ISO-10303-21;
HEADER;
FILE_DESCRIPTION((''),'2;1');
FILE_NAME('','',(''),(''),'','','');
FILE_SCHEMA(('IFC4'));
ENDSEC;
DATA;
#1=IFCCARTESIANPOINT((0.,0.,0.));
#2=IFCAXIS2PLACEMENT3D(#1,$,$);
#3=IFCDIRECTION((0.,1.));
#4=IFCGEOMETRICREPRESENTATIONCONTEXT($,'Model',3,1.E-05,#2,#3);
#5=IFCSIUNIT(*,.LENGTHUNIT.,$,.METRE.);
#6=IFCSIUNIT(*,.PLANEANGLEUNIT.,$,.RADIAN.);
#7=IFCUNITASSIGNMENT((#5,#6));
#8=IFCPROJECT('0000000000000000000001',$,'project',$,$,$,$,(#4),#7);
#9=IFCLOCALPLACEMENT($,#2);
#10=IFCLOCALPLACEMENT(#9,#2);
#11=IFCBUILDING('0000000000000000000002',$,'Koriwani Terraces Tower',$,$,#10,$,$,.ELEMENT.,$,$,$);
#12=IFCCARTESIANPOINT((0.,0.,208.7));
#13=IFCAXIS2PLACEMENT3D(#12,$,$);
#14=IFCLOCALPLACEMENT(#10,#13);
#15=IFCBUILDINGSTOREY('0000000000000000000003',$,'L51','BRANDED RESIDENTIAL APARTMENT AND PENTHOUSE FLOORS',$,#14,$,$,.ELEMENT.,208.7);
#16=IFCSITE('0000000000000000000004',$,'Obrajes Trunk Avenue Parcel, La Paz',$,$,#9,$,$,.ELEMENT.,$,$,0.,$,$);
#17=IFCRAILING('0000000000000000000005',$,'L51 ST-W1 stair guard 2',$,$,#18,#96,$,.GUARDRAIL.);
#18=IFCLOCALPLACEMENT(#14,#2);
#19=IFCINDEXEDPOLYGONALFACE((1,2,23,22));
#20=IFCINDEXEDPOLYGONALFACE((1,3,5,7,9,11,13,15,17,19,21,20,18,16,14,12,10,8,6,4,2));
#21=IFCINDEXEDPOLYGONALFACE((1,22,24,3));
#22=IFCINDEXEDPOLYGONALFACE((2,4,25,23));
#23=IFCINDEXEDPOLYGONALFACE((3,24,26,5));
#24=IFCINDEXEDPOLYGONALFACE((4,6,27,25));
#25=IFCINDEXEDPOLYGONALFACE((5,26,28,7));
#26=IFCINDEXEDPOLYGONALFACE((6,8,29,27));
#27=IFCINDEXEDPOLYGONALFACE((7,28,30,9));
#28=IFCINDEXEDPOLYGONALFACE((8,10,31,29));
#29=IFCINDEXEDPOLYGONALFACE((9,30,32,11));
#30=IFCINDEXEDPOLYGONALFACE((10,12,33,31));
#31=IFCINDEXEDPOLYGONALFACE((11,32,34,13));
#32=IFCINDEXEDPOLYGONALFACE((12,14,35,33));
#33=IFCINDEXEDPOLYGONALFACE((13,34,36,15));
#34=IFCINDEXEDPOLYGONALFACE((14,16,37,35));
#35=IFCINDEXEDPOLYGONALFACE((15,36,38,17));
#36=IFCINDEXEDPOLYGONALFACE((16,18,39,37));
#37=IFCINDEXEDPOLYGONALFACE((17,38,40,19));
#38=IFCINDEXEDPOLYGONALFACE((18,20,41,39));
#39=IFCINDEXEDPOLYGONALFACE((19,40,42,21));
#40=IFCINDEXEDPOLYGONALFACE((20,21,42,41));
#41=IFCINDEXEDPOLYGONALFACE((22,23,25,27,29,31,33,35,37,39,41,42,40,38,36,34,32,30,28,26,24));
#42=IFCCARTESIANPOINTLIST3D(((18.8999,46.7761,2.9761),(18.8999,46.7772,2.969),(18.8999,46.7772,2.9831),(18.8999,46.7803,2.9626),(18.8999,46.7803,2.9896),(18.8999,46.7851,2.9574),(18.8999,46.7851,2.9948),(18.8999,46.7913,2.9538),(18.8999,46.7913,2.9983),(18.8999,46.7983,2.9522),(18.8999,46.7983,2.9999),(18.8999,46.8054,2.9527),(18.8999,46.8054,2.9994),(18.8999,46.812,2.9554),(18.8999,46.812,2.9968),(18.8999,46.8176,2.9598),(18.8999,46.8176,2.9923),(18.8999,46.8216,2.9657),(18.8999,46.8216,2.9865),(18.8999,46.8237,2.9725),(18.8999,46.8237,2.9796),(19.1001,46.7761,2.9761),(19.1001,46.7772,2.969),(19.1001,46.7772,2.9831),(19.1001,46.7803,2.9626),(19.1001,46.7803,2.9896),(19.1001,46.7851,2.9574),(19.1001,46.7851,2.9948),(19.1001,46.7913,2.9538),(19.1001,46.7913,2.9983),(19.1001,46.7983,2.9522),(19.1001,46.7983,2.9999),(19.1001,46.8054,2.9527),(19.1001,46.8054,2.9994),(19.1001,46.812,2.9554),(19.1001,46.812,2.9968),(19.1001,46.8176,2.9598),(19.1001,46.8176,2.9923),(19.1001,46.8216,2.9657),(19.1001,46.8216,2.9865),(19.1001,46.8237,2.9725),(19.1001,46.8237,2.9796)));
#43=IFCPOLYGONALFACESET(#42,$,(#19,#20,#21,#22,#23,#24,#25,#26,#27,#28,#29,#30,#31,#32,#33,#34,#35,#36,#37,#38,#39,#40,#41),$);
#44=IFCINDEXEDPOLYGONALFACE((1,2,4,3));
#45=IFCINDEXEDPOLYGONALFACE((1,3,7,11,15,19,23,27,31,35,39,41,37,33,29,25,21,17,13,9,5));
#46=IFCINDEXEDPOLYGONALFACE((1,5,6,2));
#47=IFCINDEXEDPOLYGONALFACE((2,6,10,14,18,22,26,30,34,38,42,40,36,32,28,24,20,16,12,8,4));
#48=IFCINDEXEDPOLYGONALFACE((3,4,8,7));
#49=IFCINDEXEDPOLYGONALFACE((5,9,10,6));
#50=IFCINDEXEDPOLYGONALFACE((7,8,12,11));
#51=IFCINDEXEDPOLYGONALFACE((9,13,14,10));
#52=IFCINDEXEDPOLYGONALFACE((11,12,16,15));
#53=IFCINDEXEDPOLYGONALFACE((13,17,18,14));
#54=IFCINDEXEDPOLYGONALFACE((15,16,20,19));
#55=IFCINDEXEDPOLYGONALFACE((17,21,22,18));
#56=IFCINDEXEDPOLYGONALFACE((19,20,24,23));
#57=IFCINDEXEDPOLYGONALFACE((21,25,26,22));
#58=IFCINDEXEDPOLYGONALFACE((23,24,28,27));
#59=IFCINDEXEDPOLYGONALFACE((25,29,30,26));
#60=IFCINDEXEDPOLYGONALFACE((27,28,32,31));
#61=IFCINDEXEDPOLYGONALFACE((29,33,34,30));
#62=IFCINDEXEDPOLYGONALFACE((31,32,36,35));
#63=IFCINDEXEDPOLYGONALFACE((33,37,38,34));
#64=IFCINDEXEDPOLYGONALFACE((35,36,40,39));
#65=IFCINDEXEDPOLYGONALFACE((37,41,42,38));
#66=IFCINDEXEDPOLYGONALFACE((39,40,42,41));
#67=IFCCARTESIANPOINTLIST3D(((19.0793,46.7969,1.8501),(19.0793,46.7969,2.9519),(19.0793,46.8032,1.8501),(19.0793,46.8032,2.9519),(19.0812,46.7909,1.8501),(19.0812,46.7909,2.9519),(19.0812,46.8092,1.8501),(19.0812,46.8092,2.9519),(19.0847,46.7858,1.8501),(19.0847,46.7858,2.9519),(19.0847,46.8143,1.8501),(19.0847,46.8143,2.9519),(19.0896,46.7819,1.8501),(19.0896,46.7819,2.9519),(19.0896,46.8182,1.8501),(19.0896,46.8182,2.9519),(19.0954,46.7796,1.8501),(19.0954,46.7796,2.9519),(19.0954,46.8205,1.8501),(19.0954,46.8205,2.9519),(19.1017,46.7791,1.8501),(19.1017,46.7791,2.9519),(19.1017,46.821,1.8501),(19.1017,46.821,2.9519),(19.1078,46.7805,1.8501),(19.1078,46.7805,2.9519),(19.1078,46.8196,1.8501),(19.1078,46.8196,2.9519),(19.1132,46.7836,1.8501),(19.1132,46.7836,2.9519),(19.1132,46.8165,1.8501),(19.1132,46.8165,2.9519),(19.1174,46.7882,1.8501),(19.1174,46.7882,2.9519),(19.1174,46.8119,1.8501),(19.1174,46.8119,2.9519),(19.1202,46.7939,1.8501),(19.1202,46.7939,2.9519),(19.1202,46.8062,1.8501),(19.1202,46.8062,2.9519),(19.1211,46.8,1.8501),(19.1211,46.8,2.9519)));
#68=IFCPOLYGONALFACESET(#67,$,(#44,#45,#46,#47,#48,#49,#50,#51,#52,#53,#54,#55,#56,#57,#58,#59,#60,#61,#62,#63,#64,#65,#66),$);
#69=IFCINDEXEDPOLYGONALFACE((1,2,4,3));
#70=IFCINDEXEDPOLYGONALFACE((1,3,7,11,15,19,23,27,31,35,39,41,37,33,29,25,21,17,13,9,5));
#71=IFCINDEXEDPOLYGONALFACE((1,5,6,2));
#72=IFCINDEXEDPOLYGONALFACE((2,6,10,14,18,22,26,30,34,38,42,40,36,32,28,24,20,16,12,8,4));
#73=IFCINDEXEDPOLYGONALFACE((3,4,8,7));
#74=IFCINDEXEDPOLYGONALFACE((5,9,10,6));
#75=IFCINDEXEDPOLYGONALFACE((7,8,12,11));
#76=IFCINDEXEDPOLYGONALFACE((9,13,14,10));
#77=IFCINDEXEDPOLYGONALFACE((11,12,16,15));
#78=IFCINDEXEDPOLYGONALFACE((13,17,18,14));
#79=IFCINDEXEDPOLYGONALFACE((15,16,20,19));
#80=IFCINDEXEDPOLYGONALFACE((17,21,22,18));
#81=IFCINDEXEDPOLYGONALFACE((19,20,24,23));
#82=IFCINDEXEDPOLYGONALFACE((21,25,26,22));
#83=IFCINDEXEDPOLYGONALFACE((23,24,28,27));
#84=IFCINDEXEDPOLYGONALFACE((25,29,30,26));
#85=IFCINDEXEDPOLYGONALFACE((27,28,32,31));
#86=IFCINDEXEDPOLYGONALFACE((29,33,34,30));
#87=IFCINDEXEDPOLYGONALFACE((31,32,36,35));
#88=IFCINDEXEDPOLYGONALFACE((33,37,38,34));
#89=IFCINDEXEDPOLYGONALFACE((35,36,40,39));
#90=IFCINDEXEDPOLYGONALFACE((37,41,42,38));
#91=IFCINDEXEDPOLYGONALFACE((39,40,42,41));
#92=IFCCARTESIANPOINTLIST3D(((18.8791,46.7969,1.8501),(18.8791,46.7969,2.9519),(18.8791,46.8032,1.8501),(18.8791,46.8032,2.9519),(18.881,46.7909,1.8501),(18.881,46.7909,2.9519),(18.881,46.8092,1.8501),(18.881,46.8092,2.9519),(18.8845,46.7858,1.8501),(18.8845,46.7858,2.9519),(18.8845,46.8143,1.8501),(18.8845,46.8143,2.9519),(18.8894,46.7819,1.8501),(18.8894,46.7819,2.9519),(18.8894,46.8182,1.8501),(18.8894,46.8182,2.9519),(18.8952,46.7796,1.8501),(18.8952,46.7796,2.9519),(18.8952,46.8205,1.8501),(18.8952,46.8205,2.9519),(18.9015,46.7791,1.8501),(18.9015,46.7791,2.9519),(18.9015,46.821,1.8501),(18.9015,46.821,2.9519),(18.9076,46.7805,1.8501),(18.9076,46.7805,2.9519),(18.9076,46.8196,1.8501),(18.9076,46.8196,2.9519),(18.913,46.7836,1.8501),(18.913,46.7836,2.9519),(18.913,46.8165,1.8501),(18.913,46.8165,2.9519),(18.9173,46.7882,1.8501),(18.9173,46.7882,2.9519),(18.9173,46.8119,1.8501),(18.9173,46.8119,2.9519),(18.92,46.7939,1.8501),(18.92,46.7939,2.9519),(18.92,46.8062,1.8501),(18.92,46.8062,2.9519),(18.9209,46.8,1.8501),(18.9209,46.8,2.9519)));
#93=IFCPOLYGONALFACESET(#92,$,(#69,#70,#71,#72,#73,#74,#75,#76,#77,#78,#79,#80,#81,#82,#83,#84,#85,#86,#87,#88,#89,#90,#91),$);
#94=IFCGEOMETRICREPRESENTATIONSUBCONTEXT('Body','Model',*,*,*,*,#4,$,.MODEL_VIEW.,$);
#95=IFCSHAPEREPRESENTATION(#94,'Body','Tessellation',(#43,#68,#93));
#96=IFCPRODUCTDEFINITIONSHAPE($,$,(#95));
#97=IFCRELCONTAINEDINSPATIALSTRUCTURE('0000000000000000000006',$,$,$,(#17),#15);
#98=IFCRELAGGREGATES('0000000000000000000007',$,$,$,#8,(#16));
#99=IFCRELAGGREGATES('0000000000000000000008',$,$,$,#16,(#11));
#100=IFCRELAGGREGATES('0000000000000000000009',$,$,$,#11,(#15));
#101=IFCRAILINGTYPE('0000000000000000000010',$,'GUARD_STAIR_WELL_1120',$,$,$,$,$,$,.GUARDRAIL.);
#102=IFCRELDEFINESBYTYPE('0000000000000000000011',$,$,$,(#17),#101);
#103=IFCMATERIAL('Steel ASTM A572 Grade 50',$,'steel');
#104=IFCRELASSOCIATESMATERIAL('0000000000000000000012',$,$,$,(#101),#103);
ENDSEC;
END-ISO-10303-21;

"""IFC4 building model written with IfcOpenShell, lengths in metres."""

from ifc_helpers import new_model, si_unit, direction, frame, origin, origin_2d, place, context, subcontext, project, spatial, circle, extrude, material, type_object, element, save


model = new_model("IFC4")

# Units and contexts
model_context = context("Model", 3, precision=1e-05, world=origin(), true_north=direction((0.0, 1.0)))
body_context = subcontext(model_context, "Body", "Model", "MODEL_VIEW")
ifc_project = project(units=[si_unit("LENGTHUNIT", "METRE"), si_unit("PLANEANGLEUNIT", "RADIAN")], contexts=[model_context])

# Site, building, storey
site_placement = place(None, origin())
site = spatial("IfcSite", under=ifc_project, at=site_placement, Name="Obrajes Trunk Avenue Parcel, La Paz", CompositionType="ELEMENT", RefElevation=0.0)
building_placement = place(site_placement, origin())
building = spatial("IfcBuilding", under=site, at=building_placement, Name="Koriwani Terraces Tower", CompositionType="ELEMENT")
storey_placement = place(building_placement, frame((0.0, 0.0, 208.7)))
storey = spatial("IfcBuildingStorey", under=building, at=storey_placement, Name="L51", Description="BRANDED RESIDENTIAL APARTMENT AND PENTHOUSE FLOORS", CompositionType="ELEMENT", Elevation=208.7)

# Shared definitions
ifc_material_1 = material(Name="Steel ASTM A572 Grade 50", Category="steel")

# Railing
railing_type_1 = type_object("IfcRailingType", Name="GUARD_STAIR_WELL_1120", PredefinedType="GUARDRAIL", material=ifc_material_1)
railing_1_placement = place(storey_placement, frame((19.1001, 46.8, 1.8501)))
element("IfcRailing", 1, at=railing_1_placement, inside=storey, type_object=railing_type_1, Name="L51 ST-W1 stair guard 2", PredefinedType="GUARDRAIL", context=body_context, shape_type="SweptSolid", body=[
    extrude(circle(Radius=0.0239, at=origin_2d()), frame((0.0, 0.0, 1.126), z_axis=(-1.0, 0.0, 0.0), x_axis=(0.0, -1.0, 0.0)), (0.0, 0.0, 1.0), 0.2002),
    extrude(circle(Radius=0.021, at=origin_2d()), origin(), (0.0, 0.0, 1.0), 1.1018),
    extrude(circle(Radius=0.021, at=origin_2d()), frame((-0.2002, 0.0, 0.0)), (0.0, 0.0, 1.0), 1.1018),
])

save(model, "model.ifc")
